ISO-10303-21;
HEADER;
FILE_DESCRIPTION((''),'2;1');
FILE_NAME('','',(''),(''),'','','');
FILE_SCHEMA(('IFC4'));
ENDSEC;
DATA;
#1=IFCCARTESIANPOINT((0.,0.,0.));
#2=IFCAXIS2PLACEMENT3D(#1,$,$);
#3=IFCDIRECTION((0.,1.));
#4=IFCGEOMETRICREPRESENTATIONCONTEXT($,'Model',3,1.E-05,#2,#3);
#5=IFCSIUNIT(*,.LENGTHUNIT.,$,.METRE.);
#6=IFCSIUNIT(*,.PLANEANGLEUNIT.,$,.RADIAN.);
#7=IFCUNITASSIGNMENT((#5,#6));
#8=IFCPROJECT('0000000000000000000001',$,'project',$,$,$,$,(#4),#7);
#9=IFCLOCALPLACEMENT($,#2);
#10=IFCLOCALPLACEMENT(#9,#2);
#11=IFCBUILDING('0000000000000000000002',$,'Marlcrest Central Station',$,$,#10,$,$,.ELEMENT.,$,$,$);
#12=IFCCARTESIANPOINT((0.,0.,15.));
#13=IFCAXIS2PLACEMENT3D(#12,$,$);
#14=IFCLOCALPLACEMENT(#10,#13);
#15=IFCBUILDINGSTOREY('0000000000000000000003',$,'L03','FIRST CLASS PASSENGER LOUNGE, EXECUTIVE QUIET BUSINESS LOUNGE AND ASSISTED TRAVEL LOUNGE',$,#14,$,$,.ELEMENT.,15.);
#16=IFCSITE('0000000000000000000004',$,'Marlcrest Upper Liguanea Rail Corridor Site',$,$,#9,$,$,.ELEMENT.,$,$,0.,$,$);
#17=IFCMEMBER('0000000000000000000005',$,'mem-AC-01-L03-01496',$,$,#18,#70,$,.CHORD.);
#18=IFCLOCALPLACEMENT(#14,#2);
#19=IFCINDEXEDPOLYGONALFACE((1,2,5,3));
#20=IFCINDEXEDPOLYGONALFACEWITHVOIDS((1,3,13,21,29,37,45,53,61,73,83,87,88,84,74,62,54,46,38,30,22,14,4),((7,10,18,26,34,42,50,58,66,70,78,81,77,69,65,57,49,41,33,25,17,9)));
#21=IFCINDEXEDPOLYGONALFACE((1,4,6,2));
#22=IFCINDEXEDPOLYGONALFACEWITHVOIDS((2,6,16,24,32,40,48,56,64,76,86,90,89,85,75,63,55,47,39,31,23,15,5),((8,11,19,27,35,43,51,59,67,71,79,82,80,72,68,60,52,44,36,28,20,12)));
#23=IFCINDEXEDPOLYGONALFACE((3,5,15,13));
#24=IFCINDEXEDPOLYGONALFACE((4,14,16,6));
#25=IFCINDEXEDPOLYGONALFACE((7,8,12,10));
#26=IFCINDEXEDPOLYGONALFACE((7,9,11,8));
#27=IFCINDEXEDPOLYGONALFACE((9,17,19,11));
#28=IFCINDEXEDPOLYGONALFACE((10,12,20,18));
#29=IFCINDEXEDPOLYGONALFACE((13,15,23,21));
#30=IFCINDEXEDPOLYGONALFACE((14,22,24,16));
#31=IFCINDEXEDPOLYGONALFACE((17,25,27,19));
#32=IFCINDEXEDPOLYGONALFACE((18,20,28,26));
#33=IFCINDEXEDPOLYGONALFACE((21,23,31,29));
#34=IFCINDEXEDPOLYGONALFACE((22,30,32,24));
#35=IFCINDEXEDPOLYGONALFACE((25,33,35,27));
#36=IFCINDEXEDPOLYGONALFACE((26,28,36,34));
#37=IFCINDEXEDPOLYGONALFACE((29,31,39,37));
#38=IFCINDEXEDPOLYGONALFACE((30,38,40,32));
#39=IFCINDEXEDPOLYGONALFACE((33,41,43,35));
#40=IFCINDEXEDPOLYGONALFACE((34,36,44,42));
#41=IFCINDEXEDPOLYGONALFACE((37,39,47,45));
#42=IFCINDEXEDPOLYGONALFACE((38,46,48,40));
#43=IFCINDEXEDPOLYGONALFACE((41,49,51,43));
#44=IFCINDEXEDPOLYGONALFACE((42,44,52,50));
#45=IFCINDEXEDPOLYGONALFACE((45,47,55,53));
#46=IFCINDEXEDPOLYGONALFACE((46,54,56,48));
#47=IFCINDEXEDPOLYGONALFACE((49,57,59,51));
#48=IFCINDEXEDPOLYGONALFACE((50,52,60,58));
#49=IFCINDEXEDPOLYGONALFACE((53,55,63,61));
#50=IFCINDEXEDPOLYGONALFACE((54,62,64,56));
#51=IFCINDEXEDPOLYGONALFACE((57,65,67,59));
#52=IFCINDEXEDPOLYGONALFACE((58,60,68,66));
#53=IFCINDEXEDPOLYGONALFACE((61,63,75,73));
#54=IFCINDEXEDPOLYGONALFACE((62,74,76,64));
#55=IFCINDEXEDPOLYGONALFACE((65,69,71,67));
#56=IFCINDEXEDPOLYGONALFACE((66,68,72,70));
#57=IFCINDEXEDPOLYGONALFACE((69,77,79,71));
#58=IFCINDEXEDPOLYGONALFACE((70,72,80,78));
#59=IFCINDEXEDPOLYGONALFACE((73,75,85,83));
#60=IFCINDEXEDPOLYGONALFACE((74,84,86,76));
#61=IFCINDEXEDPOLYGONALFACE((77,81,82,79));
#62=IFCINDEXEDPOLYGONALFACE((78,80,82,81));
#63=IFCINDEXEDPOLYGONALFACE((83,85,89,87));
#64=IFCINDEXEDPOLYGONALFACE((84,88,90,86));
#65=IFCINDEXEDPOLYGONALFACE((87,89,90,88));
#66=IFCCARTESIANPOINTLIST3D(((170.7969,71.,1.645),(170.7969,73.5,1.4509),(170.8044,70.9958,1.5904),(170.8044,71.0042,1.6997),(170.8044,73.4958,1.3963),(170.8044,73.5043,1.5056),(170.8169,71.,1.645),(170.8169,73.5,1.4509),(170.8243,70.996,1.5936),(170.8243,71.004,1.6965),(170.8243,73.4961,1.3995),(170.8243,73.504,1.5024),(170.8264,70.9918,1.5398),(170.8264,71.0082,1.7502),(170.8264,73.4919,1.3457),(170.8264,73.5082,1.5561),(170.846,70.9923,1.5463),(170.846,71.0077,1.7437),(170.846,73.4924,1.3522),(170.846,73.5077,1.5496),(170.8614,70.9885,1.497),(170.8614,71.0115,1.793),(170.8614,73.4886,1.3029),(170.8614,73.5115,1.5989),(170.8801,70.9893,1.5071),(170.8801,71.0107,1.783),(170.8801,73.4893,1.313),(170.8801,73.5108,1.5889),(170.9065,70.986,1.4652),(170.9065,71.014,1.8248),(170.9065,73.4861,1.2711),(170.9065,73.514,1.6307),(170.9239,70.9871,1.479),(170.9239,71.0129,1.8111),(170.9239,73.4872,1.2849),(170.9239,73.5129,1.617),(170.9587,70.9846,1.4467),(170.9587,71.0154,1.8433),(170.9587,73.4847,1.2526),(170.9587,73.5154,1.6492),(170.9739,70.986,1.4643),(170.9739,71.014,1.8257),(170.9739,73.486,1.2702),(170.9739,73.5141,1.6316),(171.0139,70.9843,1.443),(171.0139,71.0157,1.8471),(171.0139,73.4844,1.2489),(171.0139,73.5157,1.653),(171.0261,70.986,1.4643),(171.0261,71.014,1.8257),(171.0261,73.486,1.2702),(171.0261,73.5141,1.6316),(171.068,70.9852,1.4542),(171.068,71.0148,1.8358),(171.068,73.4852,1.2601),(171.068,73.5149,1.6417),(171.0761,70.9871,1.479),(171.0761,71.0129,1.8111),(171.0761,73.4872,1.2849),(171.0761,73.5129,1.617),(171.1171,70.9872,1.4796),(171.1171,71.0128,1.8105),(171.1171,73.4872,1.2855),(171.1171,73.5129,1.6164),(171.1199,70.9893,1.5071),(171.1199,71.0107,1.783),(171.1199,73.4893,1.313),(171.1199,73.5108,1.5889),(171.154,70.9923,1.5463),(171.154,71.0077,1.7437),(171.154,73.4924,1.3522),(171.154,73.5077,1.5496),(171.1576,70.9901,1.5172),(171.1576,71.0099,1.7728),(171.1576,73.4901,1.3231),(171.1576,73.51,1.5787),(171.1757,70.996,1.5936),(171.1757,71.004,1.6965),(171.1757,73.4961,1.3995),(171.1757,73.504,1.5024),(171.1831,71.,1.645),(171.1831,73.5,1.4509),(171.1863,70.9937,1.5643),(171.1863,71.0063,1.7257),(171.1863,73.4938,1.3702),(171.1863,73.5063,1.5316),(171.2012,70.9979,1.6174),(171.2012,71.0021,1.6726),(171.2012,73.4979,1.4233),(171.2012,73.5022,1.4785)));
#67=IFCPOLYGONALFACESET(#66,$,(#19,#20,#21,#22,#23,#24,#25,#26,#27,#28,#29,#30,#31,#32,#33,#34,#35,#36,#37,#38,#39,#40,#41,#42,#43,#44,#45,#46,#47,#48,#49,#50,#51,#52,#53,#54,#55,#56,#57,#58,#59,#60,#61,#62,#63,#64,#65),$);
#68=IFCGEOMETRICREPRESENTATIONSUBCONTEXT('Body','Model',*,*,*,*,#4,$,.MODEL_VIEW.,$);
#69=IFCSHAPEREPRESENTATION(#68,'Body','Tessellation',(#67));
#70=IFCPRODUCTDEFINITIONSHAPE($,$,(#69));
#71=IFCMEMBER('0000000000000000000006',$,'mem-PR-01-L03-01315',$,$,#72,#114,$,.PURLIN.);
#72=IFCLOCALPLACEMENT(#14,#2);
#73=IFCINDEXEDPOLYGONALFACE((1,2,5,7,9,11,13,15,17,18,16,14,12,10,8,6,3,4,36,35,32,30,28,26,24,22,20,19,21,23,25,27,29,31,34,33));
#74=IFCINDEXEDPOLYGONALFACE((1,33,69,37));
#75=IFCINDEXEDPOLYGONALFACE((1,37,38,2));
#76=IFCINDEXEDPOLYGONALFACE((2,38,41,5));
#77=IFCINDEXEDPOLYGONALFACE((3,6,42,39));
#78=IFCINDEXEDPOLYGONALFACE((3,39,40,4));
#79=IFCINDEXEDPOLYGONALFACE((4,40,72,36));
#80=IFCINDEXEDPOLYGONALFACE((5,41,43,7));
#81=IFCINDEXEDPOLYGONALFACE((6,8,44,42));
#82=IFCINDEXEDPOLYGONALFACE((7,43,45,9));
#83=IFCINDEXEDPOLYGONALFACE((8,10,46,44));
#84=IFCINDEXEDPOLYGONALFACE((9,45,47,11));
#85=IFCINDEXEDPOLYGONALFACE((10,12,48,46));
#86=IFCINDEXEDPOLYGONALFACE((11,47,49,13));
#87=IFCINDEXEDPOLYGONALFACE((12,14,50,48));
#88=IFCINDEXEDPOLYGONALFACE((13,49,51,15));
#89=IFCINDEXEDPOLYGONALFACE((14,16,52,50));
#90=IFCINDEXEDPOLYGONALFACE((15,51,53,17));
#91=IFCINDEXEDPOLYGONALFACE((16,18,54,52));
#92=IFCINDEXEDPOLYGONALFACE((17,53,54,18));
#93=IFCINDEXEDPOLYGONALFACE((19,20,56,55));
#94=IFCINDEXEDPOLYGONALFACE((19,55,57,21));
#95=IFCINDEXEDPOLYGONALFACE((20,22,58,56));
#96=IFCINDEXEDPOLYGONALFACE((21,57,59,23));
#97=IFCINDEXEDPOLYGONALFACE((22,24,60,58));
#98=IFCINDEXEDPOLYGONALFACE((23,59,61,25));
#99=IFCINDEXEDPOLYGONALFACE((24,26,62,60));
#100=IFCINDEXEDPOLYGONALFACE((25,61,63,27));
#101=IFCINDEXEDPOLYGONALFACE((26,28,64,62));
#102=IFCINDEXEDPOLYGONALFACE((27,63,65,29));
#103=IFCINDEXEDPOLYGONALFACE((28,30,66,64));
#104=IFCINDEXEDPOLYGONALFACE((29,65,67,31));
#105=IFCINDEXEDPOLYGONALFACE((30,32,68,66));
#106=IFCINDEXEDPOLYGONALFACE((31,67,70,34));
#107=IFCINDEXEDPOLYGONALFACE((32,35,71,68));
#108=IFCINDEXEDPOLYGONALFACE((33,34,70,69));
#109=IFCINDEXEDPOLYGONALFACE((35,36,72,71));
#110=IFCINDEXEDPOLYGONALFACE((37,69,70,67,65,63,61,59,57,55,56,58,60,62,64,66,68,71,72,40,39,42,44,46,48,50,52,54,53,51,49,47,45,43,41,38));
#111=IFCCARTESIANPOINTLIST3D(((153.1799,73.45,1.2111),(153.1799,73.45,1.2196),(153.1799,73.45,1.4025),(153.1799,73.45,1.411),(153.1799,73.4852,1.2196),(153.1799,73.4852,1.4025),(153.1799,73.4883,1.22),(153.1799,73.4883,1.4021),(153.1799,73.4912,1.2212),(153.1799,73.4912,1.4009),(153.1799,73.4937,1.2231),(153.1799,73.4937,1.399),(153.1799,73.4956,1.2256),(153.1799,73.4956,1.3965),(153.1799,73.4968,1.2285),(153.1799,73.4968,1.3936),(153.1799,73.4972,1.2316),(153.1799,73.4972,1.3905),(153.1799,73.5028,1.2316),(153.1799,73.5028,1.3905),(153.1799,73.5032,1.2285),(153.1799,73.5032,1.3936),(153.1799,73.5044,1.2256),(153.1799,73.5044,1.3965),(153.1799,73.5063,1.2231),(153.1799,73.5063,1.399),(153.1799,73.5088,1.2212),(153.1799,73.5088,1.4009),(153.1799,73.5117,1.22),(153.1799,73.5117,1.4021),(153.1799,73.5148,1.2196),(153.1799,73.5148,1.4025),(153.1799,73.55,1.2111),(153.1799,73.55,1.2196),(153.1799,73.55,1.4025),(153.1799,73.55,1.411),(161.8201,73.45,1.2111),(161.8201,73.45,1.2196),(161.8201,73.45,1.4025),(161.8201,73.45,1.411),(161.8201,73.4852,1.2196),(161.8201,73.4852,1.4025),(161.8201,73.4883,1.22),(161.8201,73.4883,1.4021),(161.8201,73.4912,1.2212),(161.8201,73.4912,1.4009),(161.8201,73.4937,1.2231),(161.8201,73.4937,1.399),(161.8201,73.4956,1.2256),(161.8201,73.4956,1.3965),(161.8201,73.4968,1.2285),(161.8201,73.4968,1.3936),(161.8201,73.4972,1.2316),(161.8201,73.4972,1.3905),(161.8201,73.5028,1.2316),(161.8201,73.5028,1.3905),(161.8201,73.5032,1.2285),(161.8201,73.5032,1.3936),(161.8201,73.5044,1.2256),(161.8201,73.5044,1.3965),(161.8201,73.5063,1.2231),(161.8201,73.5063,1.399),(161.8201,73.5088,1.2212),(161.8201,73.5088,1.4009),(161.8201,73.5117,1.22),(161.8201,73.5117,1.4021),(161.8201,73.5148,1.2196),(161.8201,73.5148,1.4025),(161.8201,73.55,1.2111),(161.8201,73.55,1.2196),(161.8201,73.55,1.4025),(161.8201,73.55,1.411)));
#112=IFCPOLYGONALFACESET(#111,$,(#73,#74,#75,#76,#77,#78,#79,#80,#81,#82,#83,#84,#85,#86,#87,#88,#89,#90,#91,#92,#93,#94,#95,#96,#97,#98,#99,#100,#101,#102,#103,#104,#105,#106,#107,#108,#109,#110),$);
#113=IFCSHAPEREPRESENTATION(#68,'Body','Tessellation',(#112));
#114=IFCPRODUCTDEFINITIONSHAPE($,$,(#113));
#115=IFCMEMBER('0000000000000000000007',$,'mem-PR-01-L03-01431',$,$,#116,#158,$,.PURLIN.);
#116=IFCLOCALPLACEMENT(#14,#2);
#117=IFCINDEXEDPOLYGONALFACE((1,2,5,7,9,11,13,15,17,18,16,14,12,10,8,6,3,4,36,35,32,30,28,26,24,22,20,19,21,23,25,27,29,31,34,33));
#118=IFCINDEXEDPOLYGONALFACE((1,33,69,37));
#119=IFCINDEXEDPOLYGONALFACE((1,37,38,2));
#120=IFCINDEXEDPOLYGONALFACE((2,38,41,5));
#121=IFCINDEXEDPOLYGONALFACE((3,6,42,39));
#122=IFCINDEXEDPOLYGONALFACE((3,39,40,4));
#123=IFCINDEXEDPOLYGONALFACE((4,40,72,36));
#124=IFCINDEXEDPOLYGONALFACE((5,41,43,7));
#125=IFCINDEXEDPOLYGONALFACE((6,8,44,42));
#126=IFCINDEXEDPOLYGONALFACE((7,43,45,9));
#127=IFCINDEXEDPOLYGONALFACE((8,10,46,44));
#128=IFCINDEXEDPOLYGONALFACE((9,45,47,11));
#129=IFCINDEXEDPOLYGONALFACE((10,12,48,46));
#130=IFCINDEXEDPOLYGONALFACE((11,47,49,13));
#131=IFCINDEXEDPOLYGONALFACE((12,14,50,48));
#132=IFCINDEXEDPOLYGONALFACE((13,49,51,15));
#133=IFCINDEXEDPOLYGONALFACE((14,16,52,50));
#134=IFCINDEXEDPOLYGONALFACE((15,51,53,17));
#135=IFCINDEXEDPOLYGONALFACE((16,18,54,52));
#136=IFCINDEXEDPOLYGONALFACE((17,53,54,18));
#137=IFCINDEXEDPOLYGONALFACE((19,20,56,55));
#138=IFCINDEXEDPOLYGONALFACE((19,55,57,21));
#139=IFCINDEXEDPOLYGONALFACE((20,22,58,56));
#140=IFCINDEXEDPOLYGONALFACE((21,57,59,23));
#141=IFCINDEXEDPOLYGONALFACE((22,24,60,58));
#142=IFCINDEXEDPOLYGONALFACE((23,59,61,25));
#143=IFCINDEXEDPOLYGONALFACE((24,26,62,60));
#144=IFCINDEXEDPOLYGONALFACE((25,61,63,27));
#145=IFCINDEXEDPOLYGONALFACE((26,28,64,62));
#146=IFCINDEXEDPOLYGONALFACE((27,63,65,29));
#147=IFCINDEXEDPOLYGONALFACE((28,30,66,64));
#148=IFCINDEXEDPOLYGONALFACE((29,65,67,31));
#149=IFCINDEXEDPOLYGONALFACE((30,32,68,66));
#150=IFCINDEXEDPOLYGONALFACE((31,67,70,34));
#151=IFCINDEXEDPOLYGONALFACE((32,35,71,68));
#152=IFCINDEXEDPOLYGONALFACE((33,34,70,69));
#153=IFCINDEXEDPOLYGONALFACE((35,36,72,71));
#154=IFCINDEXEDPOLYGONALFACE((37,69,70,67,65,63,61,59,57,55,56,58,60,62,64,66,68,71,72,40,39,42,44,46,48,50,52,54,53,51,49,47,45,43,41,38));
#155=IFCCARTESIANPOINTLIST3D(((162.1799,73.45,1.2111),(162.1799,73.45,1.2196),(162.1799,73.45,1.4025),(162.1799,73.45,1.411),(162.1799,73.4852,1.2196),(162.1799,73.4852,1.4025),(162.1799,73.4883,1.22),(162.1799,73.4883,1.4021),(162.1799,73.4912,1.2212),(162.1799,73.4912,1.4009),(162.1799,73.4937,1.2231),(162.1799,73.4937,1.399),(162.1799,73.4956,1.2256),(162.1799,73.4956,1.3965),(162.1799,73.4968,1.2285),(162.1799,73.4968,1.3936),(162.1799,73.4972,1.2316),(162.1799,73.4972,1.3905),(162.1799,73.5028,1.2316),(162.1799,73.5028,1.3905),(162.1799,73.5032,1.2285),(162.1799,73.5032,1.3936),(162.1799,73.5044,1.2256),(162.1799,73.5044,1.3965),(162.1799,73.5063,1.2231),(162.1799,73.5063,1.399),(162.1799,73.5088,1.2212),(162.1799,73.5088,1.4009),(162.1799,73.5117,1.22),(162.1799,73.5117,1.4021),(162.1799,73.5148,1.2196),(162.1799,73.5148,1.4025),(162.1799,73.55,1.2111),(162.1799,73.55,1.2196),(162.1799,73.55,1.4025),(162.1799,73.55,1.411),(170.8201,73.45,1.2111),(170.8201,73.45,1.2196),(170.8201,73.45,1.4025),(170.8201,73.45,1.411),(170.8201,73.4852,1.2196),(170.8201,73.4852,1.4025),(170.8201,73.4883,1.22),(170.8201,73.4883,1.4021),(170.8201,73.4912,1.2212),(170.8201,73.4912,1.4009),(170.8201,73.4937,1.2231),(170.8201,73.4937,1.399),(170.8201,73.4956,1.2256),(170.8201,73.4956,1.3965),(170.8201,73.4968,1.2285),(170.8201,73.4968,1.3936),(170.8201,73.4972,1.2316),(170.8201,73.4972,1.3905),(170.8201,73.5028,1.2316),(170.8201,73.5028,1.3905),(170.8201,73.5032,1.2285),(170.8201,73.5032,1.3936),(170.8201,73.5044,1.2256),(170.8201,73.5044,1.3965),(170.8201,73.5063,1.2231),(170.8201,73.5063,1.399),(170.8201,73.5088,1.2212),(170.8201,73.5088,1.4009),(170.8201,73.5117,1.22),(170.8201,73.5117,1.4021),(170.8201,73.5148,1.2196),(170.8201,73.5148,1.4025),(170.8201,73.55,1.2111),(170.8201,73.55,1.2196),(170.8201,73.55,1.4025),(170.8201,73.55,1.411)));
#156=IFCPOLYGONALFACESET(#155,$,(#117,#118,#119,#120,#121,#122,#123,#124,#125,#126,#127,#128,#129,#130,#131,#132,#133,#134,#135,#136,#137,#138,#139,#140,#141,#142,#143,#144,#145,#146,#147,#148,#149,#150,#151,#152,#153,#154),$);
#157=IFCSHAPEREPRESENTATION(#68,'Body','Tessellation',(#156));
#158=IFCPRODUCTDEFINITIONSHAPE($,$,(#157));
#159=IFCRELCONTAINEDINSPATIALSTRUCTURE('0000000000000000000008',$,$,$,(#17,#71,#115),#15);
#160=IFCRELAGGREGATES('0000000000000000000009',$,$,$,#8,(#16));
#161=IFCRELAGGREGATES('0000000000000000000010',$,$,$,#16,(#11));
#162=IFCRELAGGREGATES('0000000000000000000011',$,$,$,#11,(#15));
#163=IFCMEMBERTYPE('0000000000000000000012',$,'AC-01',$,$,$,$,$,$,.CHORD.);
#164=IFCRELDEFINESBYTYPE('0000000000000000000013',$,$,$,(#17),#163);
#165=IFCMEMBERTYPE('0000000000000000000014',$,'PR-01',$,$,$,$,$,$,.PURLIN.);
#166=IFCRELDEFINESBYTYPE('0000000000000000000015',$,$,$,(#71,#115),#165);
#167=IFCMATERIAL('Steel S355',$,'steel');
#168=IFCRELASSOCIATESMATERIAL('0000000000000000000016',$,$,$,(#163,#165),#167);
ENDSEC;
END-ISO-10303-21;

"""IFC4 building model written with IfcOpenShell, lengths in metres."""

from ifc_helpers import new_model, si_unit, direction, frame, origin, origin_2d, place, context, subcontext, project, spatial, hollow_circle, i_section, extrude, material, material_profile, profile_set, type_object, element, save


model = new_model("IFC4")

# Units and contexts
model_context = context("Model", 3, precision=1e-05, world=origin(), true_north=direction((0.0, 1.0)))
body_context = subcontext(model_context, "Body", "Model", "MODEL_VIEW")
ifc_project = project(units=[si_unit("LENGTHUNIT", "METRE"), si_unit("PLANEANGLEUNIT", "RADIAN")], contexts=[model_context])

# Site, building, storey
site_placement = place(None, origin())
site = spatial("IfcSite", under=ifc_project, at=site_placement, Name="Marlcrest Upper Liguanea Rail Corridor Site", CompositionType="ELEMENT", RefElevation=0.0)
building_placement = place(site_placement, origin())
building = spatial("IfcBuilding", under=site, at=building_placement, Name="Marlcrest Central Station", CompositionType="ELEMENT")
storey_placement = place(building_placement, frame((0.0, 0.0, 15.0)))
storey = spatial("IfcBuildingStorey", under=building, at=storey_placement, Name="L03", Description="FIRST CLASS PASSENGER LOUNGE, EXECUTIVE QUIET BUSINESS LOUNGE AND ASSISTED TRAVEL LOUNGE", CompositionType="ELEMENT", Elevation=15.0)

# Members
ifc_material_1 = material(Name="Steel S355", Category="steel")
ifc_material_profile_1 = material_profile(ifc_material_1, hollow_circle(Radius=0.2031, WallThickness=0.02, at=origin_2d()), Name="CHS 406.4x20")
ifc_profile_set_1 = profile_set([ifc_material_profile_1], Name="Steel S355")
member_type_1 = type_object("IfcMemberType", Name="AC-01", PredefinedType="CHORD", material=ifc_profile_set_1)
member_1_placement = place(storey_placement, frame((171.0, 71.0, 1.645), z_axis=(0.0, 0.997, -0.077404), x_axis=(-1.0, 0.0, 0.0)))
element("IfcMember", 1, at=member_1_placement, inside=storey, type_object=member_type_1, Name="mem-AC-01-L03-01496", PredefinedType="CHORD", context=body_context, shape_type="SweptSolid", body=[
    extrude(hollow_circle(Radius=0.2031, WallThickness=0.02, at=origin_2d()), origin(), (0.0, 0.0, 1.0), 2.5076),
])
ifc_material_profile_2 = material_profile(ifc_material_1, i_section(OverallWidth=0.1001, OverallDepth=0.2, WebThickness=0.0056, FlangeThickness=0.0085, FilletRadius=0.012, at=origin_2d()), Name="IPE 200")
ifc_profile_set_2 = profile_set([ifc_material_profile_2], Name="Steel S355")
member_type_2 = type_object("IfcMemberType", Name="PR-01", PredefinedType="PURLIN", material=ifc_profile_set_2)
for number, where, z_axis, x_axis, name in (
    (2, (153.1799, 73.5, 1.311), (1.0, 0.0, 0.0), (0.0, 1.0, 0.0), "mem-PR-01-L03-01315"),
    (3, (162.1799, 73.5, 1.311), (1.0, 0.0, 0.0), (0.0, 1.0, 0.0), "mem-PR-01-L03-01431"),
):
    element("IfcMember", number, at=place(storey_placement, frame(where, z_axis=z_axis, x_axis=x_axis)), inside=storey, type_object=member_type_2, Name=name, PredefinedType="PURLIN", context=body_context, shape_type="SweptSolid", body=[
        extrude(i_section(OverallWidth=0.1001, OverallDepth=0.2, WebThickness=0.0056, FlangeThickness=0.0085, FilletRadius=0.012, at=origin_2d()), origin(), (0.0, 0.0, 1.0), 8.6401),
    ])

save(model, "model.ifc")
